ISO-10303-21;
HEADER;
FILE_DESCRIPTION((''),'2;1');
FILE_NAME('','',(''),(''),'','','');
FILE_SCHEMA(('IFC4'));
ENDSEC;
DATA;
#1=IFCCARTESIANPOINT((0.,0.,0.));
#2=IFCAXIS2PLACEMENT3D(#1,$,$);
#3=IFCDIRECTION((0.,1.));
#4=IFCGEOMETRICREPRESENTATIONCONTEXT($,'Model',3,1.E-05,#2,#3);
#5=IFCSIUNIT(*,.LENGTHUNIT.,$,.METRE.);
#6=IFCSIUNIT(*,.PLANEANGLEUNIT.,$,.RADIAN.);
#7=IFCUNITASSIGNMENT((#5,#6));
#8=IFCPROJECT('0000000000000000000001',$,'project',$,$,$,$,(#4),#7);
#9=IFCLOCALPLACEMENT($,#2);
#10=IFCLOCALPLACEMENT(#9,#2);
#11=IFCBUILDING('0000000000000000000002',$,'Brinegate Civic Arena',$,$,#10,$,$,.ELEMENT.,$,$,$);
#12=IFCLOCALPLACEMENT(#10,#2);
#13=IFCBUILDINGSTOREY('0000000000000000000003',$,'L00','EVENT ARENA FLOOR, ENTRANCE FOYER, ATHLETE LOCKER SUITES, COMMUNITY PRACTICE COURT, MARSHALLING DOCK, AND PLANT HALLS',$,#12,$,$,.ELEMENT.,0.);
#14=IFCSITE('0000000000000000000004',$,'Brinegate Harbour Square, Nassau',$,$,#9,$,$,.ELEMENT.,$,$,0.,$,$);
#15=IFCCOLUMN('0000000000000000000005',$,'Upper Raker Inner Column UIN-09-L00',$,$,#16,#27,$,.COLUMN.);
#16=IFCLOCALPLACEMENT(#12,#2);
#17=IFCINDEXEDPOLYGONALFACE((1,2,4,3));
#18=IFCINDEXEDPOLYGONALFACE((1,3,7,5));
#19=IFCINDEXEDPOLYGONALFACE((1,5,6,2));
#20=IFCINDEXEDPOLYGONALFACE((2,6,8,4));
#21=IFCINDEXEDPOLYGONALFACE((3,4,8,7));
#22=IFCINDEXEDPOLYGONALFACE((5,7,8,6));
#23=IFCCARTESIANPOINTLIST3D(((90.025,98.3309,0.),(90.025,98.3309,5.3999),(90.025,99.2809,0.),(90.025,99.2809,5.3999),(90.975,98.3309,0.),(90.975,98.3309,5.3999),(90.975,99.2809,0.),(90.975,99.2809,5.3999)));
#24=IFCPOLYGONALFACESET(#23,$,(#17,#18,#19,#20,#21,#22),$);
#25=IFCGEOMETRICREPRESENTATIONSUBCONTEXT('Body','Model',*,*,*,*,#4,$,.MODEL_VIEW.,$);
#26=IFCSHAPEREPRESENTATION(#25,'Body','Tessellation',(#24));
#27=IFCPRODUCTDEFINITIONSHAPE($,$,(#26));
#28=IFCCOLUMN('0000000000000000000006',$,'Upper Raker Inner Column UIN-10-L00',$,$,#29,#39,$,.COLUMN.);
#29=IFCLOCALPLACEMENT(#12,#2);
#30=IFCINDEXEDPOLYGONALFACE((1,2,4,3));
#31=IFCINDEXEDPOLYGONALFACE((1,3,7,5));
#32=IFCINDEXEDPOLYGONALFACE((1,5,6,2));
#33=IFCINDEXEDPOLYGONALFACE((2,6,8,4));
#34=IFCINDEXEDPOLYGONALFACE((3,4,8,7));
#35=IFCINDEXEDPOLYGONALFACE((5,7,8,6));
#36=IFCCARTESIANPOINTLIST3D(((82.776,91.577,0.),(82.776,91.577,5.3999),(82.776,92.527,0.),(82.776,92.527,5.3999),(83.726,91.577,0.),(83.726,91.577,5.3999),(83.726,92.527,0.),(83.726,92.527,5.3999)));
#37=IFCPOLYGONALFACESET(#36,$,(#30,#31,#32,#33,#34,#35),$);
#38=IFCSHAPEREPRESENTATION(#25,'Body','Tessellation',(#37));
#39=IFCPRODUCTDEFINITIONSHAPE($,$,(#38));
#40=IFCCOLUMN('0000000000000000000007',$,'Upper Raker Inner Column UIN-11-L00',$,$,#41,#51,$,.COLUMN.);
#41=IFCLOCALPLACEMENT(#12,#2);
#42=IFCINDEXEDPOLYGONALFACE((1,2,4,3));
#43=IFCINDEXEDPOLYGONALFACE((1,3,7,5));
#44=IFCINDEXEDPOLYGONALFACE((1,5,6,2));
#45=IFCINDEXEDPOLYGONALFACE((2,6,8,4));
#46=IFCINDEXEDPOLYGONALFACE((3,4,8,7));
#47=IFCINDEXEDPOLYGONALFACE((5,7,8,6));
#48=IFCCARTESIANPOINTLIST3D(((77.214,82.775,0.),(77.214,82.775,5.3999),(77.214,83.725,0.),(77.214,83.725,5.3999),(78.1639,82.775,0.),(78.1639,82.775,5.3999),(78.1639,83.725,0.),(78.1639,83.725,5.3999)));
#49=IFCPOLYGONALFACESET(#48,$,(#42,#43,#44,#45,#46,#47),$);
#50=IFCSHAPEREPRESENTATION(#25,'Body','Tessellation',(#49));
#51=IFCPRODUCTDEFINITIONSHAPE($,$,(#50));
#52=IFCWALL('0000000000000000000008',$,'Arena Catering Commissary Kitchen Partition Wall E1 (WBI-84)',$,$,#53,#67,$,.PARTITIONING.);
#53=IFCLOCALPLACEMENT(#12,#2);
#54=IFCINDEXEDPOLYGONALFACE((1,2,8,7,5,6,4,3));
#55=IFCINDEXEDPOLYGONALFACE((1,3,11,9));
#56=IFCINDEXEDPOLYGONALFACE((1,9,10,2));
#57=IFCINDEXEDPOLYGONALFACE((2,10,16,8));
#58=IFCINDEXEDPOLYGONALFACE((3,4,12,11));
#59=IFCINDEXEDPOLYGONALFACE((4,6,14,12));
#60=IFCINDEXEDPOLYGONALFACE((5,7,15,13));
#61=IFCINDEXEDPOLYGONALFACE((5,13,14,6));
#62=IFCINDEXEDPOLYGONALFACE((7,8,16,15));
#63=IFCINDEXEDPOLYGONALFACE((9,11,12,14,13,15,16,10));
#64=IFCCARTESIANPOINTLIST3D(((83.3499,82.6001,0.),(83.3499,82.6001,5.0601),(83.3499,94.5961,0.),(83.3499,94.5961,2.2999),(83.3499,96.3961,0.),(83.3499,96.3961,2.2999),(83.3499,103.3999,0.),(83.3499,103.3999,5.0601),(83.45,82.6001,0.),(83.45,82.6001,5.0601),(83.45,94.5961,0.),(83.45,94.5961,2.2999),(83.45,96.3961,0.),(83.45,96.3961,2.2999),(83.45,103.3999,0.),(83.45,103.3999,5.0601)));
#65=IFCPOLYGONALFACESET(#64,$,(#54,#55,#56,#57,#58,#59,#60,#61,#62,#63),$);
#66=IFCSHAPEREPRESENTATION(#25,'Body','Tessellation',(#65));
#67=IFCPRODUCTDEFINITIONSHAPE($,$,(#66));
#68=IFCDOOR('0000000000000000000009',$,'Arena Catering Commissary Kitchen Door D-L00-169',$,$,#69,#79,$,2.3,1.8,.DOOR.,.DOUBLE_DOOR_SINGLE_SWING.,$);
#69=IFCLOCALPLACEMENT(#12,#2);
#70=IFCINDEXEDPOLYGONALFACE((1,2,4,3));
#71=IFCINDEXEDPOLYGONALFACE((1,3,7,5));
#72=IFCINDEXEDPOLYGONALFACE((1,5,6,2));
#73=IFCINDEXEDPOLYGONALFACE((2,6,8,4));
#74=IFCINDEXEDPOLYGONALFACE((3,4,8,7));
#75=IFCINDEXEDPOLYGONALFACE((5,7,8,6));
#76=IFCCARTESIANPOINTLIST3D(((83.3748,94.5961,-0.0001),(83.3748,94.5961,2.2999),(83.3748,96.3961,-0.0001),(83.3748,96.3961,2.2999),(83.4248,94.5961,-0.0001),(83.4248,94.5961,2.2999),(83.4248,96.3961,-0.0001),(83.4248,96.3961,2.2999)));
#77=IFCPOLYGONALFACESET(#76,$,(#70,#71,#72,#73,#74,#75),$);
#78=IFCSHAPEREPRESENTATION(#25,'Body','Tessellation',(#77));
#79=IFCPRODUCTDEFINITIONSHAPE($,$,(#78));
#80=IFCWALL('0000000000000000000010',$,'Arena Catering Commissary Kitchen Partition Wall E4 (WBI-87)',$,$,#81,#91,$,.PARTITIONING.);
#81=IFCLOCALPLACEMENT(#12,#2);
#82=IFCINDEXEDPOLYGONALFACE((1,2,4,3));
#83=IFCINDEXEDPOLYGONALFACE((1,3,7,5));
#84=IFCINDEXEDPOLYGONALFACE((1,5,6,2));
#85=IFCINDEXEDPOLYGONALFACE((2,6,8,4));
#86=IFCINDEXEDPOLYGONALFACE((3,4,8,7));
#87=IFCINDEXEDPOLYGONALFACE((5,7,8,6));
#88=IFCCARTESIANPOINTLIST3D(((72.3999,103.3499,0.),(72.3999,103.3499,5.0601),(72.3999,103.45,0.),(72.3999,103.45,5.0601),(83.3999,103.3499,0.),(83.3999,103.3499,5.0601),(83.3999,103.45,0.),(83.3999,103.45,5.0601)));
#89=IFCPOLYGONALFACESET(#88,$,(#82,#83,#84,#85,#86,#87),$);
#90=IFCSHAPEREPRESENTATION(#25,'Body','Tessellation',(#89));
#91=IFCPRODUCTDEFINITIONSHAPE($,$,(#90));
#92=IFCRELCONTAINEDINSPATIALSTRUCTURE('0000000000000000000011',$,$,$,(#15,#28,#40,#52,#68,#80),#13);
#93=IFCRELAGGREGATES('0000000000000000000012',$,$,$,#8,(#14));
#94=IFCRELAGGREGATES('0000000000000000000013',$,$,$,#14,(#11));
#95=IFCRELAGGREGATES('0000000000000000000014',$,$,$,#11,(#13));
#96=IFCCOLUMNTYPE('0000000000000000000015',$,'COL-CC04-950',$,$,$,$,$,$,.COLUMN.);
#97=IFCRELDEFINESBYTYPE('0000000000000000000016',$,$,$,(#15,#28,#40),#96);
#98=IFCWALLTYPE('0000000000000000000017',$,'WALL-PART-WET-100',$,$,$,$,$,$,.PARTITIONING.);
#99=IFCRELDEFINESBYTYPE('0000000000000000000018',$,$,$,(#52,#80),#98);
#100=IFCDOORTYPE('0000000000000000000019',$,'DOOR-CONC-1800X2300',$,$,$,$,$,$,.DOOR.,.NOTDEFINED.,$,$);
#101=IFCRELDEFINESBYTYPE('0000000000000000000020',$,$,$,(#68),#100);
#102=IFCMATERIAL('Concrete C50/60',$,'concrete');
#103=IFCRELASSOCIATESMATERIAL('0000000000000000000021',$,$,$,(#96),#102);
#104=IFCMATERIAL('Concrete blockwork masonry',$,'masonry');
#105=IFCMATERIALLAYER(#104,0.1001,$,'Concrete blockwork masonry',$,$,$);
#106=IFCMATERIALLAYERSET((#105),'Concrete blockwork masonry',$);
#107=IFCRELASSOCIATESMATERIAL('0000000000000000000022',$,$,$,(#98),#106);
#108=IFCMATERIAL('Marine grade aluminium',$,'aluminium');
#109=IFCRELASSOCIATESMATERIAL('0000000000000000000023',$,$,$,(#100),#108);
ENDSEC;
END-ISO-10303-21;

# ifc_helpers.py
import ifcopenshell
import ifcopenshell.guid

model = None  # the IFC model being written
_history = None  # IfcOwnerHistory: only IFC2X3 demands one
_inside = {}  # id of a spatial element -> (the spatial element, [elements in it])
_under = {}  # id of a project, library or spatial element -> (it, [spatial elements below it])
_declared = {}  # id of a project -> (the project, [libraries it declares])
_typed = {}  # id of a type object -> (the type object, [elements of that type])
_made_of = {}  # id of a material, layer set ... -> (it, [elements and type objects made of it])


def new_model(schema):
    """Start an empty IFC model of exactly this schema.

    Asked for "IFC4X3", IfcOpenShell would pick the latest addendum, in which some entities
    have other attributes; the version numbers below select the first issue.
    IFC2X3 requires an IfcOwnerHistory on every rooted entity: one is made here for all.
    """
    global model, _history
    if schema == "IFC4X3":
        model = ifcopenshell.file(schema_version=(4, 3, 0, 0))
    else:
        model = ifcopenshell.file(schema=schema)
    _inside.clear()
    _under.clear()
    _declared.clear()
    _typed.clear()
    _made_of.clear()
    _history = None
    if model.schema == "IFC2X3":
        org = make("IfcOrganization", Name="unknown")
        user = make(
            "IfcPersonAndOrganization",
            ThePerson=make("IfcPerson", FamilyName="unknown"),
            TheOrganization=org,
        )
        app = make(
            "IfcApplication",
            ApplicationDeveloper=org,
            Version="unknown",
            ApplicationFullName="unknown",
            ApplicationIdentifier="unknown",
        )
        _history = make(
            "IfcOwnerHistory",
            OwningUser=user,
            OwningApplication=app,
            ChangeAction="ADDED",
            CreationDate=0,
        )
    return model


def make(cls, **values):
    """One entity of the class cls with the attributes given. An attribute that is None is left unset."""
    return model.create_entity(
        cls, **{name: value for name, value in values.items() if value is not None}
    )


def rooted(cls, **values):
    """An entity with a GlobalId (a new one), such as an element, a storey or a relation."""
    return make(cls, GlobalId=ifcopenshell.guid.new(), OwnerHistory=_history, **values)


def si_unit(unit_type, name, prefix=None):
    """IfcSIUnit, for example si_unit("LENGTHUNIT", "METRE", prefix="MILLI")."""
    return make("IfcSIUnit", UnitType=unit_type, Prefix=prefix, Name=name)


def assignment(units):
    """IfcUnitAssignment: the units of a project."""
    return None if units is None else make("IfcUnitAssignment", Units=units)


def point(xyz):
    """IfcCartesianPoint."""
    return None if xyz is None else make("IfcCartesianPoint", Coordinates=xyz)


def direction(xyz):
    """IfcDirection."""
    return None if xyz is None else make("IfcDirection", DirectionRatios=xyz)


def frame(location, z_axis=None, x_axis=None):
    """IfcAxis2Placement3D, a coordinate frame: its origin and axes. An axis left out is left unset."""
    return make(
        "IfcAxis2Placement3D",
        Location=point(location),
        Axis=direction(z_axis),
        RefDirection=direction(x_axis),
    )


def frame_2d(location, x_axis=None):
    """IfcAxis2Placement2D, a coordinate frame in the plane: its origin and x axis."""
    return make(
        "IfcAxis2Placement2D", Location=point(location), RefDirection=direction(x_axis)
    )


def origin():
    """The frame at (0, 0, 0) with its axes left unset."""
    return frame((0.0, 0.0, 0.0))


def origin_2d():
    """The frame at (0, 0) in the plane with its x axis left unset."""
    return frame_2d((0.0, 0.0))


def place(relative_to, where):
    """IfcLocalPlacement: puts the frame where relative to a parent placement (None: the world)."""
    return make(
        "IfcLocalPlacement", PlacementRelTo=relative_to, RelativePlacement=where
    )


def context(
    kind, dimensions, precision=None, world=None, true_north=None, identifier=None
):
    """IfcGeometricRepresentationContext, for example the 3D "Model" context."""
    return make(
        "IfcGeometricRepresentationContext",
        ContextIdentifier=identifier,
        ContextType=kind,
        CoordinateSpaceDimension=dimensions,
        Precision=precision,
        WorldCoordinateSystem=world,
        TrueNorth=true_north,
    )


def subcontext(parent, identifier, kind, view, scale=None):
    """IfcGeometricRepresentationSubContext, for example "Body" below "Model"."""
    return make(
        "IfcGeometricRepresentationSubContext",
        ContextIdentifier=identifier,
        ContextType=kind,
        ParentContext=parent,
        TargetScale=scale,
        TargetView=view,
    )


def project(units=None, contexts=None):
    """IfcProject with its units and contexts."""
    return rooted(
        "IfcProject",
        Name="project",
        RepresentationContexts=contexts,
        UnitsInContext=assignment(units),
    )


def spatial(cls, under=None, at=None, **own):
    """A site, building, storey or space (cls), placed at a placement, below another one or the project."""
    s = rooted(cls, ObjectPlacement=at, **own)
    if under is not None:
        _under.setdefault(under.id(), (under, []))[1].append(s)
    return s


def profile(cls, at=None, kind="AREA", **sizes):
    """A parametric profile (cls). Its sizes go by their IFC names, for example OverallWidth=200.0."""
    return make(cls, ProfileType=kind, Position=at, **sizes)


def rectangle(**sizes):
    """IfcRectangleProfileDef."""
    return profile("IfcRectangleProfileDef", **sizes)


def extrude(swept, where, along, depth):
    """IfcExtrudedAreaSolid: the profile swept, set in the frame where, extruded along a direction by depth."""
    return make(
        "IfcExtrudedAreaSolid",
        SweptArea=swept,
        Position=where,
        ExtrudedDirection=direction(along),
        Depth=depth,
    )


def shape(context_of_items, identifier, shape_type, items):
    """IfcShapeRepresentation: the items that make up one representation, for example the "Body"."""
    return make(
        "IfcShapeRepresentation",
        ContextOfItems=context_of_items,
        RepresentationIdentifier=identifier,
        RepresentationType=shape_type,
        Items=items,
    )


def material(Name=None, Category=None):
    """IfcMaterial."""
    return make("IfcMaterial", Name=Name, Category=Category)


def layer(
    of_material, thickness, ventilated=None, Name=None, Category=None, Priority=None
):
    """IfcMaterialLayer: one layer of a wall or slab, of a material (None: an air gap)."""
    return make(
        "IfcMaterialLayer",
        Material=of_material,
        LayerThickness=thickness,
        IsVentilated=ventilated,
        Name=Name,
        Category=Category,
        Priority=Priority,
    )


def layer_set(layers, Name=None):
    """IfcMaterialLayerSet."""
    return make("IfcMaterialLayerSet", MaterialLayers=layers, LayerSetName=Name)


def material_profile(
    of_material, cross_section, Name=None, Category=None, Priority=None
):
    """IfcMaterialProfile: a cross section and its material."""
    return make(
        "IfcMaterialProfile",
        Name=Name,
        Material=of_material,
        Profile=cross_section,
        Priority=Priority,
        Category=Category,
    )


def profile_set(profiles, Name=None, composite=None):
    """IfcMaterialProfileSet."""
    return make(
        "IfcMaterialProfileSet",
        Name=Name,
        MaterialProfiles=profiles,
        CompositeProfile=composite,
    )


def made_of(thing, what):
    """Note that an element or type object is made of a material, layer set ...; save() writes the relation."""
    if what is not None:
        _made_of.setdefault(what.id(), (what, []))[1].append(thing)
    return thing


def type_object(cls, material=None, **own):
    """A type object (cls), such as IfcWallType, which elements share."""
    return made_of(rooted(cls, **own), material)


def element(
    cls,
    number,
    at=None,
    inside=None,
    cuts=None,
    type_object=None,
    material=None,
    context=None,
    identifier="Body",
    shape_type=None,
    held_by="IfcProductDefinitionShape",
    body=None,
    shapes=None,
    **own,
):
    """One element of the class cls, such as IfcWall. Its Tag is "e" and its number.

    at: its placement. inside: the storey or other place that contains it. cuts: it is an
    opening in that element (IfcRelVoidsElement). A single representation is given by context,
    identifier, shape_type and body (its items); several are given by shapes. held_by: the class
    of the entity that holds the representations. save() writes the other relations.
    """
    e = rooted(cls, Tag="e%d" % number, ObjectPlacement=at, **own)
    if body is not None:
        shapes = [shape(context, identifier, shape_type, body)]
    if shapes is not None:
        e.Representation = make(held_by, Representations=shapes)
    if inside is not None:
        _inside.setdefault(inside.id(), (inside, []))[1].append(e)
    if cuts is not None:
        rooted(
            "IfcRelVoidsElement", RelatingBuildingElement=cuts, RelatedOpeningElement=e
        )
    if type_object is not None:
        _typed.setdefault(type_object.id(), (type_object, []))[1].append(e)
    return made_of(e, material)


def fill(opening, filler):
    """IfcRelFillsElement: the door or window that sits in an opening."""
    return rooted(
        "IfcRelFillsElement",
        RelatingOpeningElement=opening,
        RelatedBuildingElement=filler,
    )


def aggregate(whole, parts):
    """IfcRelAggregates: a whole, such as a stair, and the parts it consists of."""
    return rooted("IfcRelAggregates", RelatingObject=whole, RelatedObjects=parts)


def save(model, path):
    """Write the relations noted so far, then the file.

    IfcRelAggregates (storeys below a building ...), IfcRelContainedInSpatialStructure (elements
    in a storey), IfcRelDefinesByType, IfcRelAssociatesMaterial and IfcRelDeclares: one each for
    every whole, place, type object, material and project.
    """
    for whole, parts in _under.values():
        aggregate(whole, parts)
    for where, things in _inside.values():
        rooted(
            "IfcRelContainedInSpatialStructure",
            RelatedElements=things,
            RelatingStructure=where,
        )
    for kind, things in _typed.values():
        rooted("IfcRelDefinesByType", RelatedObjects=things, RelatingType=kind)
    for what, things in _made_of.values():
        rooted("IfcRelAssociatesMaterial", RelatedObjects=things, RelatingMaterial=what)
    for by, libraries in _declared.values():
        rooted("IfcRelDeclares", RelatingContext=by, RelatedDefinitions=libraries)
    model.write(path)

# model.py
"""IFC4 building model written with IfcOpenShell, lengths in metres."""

from ifc_helpers import new_model, si_unit, direction, frame, frame_2d, origin, origin_2d, place, context, subcontext, project, spatial, rectangle, extrude, material, layer, layer_set, material_profile, profile_set, type_object, element, fill, save


model = new_model("IFC4")

# Units and contexts
model_context = context("Model", 3, precision=1e-05, world=origin(), true_north=direction((0.0, 1.0)))
body_context = subcontext(model_context, "Body", "Model", "MODEL_VIEW")
ifc_project = project(units=[si_unit("LENGTHUNIT", "METRE"), si_unit("PLANEANGLEUNIT", "RADIAN")], contexts=[model_context])

# Site, building, storey
site_placement = place(None, origin())
site = spatial("IfcSite", under=ifc_project, at=site_placement, Name="Brinegate Harbour Square, Nassau", CompositionType="ELEMENT", RefElevation=0.0)
building_placement = place(site_placement, origin())
building = spatial("IfcBuilding", under=site, at=building_placement, Name="Brinegate Civic Arena", CompositionType="ELEMENT")
storey_placement = place(building_placement, origin())
storey = spatial("IfcBuildingStorey", under=building, at=storey_placement, Name="L00", Description="EVENT ARENA FLOOR, ENTRANCE FOYER, ATHLETE LOCKER SUITES, COMMUNITY PRACTICE COURT, MARSHALLING DOCK, AND PLANT HALLS", CompositionType="ELEMENT", Elevation=0.0)

# Columns
ifc_material_1 = material(Name="Concrete C50/60", Category="concrete")
ifc_material_profile_1 = material_profile(ifc_material_1, rectangle(XDim=0.95, YDim=0.95, at=origin_2d()), Name="RC950X950")
ifc_profile_set_1 = profile_set([ifc_material_profile_1], Name="Concrete C50/60")
column_type_1 = type_object("IfcColumnType", Name="COL-CC04-950", PredefinedType="COLUMN", material=ifc_profile_set_1)
for number, where, z_axis, x_axis, name in (
    (1, (90.5, 98.8059, 0.0), (0.0, 0.0, 1.0), (1.0, 0.0, 0.0), "Upper Raker Inner Column UIN-09-L00"),
    (2, (83.251, 92.052, 0.0), (0.0, 0.0, 1.0), (1.0, 0.0, 0.0), "Upper Raker Inner Column UIN-10-L00"),
    (3, (77.689, 83.25, 0.0), (0.0, 0.0, 1.0), (1.0, 0.0, 0.0), "Upper Raker Inner Column UIN-11-L00"),
):
    element("IfcColumn", number, at=place(storey_placement, frame(where, z_axis=z_axis, x_axis=x_axis)), inside=storey, type_object=column_type_1, Name=name, PredefinedType="COLUMN", context=body_context, shape_type="SweptSolid", body=[
        extrude(rectangle(XDim=0.95, YDim=0.95, at=origin_2d()), origin(), (0.0, 0.0, 1.0), 5.3999),
    ])

# Wall, opening, door
ifc_material_2 = material(Name="Concrete blockwork masonry", Category="masonry")
ifc_layer_1 = layer(ifc_material_2, 0.1001, Name="Concrete blockwork masonry")
ifc_layer_set_1 = layer_set([ifc_layer_1], Name="Concrete blockwork masonry")
wall_type = type_object("IfcWallType", Name="WALL-PART-WET-100", PredefinedType="PARTITIONING", material=ifc_layer_set_1)
wall_1_placement = place(storey_placement, frame((83.3999, 103.3999, 0.0), z_axis=(0.0, 0.0, 1.0), x_axis=(0.0, -1.0, 0.0)))
wall_1 = element("IfcWall", 4, at=wall_1_placement, inside=storey, type_object=wall_type, Name="Arena Catering Commissary Kitchen Partition Wall E1 (WBI-84)", PredefinedType="PARTITIONING", context=body_context, shape_type="SweptSolid", body=[
    extrude(rectangle(XDim=20.7998, YDim=0.1001, at=frame_2d((10.3999, 0.0))), origin(), (0.0, 0.0, 1.0), 5.0601),
])
opening_placement = place(wall_1_placement, frame((7.0039, 0.0, 0.0)))
opening = element("IfcOpeningElement", 5, at=opening_placement, cuts=wall_1, PredefinedType="OPENING", context=body_context, shape_type="SweptSolid", body=[
    extrude(rectangle(XDim=1.8, YDim=2.3, at=frame_2d((0.8999, 1.1499))), frame((0.0, 0.0601, 0.0), z_axis=(0.0, -1.0, 0.0), x_axis=(1.0, 0.0, 0.0)), (0.0, 0.0, 1.0), 0.1201),
])
ifc_material_3 = material(Name="Marine grade aluminium", Category="aluminium")
door_type = type_object("IfcDoorType", Name="DOOR-CONC-1800X2300", OperationType="NOTDEFINED", PredefinedType="DOOR", material=ifc_material_3)
door_placement = place(opening_placement, origin())
door = element("IfcDoor", 6, at=door_placement, inside=storey, type_object=door_type, Name="Arena Catering Commissary Kitchen Door D-L00-169", OperationType="DOUBLE_DOOR_SINGLE_SWING", OverallHeight=2.3, OverallWidth=1.8, PredefinedType="DOOR", context=body_context, shape_type="SweptSolid", body=[
    extrude(rectangle(XDim=1.8, YDim=2.3, at=frame_2d((0.8999, 1.1499))), frame((0.0, 0.0249, 0.0), z_axis=(0.0, -1.0, 0.0), x_axis=(1.0, 0.0, 0.0)), (0.0, 0.0, 1.0), 0.05),
])
fill(opening, door)

# Wall
wall_2_placement = place(storey_placement, frame((72.3999, 103.3999, 0.0), z_axis=(0.0, 0.0, 1.0), x_axis=(1.0, 0.0, 0.0)))
element("IfcWall", 7, at=wall_2_placement, inside=storey, type_object=wall_type, Name="Arena Catering Commissary Kitchen Partition Wall E4 (WBI-87)", PredefinedType="PARTITIONING", context=body_context, shape_type="SweptSolid", body=[
    extrude(rectangle(XDim=11.0, YDim=0.1001, at=frame_2d((5.5, 0.0))), origin(), (0.0, 0.0, 1.0), 5.0601),
])

save(model, "model.ifc")
